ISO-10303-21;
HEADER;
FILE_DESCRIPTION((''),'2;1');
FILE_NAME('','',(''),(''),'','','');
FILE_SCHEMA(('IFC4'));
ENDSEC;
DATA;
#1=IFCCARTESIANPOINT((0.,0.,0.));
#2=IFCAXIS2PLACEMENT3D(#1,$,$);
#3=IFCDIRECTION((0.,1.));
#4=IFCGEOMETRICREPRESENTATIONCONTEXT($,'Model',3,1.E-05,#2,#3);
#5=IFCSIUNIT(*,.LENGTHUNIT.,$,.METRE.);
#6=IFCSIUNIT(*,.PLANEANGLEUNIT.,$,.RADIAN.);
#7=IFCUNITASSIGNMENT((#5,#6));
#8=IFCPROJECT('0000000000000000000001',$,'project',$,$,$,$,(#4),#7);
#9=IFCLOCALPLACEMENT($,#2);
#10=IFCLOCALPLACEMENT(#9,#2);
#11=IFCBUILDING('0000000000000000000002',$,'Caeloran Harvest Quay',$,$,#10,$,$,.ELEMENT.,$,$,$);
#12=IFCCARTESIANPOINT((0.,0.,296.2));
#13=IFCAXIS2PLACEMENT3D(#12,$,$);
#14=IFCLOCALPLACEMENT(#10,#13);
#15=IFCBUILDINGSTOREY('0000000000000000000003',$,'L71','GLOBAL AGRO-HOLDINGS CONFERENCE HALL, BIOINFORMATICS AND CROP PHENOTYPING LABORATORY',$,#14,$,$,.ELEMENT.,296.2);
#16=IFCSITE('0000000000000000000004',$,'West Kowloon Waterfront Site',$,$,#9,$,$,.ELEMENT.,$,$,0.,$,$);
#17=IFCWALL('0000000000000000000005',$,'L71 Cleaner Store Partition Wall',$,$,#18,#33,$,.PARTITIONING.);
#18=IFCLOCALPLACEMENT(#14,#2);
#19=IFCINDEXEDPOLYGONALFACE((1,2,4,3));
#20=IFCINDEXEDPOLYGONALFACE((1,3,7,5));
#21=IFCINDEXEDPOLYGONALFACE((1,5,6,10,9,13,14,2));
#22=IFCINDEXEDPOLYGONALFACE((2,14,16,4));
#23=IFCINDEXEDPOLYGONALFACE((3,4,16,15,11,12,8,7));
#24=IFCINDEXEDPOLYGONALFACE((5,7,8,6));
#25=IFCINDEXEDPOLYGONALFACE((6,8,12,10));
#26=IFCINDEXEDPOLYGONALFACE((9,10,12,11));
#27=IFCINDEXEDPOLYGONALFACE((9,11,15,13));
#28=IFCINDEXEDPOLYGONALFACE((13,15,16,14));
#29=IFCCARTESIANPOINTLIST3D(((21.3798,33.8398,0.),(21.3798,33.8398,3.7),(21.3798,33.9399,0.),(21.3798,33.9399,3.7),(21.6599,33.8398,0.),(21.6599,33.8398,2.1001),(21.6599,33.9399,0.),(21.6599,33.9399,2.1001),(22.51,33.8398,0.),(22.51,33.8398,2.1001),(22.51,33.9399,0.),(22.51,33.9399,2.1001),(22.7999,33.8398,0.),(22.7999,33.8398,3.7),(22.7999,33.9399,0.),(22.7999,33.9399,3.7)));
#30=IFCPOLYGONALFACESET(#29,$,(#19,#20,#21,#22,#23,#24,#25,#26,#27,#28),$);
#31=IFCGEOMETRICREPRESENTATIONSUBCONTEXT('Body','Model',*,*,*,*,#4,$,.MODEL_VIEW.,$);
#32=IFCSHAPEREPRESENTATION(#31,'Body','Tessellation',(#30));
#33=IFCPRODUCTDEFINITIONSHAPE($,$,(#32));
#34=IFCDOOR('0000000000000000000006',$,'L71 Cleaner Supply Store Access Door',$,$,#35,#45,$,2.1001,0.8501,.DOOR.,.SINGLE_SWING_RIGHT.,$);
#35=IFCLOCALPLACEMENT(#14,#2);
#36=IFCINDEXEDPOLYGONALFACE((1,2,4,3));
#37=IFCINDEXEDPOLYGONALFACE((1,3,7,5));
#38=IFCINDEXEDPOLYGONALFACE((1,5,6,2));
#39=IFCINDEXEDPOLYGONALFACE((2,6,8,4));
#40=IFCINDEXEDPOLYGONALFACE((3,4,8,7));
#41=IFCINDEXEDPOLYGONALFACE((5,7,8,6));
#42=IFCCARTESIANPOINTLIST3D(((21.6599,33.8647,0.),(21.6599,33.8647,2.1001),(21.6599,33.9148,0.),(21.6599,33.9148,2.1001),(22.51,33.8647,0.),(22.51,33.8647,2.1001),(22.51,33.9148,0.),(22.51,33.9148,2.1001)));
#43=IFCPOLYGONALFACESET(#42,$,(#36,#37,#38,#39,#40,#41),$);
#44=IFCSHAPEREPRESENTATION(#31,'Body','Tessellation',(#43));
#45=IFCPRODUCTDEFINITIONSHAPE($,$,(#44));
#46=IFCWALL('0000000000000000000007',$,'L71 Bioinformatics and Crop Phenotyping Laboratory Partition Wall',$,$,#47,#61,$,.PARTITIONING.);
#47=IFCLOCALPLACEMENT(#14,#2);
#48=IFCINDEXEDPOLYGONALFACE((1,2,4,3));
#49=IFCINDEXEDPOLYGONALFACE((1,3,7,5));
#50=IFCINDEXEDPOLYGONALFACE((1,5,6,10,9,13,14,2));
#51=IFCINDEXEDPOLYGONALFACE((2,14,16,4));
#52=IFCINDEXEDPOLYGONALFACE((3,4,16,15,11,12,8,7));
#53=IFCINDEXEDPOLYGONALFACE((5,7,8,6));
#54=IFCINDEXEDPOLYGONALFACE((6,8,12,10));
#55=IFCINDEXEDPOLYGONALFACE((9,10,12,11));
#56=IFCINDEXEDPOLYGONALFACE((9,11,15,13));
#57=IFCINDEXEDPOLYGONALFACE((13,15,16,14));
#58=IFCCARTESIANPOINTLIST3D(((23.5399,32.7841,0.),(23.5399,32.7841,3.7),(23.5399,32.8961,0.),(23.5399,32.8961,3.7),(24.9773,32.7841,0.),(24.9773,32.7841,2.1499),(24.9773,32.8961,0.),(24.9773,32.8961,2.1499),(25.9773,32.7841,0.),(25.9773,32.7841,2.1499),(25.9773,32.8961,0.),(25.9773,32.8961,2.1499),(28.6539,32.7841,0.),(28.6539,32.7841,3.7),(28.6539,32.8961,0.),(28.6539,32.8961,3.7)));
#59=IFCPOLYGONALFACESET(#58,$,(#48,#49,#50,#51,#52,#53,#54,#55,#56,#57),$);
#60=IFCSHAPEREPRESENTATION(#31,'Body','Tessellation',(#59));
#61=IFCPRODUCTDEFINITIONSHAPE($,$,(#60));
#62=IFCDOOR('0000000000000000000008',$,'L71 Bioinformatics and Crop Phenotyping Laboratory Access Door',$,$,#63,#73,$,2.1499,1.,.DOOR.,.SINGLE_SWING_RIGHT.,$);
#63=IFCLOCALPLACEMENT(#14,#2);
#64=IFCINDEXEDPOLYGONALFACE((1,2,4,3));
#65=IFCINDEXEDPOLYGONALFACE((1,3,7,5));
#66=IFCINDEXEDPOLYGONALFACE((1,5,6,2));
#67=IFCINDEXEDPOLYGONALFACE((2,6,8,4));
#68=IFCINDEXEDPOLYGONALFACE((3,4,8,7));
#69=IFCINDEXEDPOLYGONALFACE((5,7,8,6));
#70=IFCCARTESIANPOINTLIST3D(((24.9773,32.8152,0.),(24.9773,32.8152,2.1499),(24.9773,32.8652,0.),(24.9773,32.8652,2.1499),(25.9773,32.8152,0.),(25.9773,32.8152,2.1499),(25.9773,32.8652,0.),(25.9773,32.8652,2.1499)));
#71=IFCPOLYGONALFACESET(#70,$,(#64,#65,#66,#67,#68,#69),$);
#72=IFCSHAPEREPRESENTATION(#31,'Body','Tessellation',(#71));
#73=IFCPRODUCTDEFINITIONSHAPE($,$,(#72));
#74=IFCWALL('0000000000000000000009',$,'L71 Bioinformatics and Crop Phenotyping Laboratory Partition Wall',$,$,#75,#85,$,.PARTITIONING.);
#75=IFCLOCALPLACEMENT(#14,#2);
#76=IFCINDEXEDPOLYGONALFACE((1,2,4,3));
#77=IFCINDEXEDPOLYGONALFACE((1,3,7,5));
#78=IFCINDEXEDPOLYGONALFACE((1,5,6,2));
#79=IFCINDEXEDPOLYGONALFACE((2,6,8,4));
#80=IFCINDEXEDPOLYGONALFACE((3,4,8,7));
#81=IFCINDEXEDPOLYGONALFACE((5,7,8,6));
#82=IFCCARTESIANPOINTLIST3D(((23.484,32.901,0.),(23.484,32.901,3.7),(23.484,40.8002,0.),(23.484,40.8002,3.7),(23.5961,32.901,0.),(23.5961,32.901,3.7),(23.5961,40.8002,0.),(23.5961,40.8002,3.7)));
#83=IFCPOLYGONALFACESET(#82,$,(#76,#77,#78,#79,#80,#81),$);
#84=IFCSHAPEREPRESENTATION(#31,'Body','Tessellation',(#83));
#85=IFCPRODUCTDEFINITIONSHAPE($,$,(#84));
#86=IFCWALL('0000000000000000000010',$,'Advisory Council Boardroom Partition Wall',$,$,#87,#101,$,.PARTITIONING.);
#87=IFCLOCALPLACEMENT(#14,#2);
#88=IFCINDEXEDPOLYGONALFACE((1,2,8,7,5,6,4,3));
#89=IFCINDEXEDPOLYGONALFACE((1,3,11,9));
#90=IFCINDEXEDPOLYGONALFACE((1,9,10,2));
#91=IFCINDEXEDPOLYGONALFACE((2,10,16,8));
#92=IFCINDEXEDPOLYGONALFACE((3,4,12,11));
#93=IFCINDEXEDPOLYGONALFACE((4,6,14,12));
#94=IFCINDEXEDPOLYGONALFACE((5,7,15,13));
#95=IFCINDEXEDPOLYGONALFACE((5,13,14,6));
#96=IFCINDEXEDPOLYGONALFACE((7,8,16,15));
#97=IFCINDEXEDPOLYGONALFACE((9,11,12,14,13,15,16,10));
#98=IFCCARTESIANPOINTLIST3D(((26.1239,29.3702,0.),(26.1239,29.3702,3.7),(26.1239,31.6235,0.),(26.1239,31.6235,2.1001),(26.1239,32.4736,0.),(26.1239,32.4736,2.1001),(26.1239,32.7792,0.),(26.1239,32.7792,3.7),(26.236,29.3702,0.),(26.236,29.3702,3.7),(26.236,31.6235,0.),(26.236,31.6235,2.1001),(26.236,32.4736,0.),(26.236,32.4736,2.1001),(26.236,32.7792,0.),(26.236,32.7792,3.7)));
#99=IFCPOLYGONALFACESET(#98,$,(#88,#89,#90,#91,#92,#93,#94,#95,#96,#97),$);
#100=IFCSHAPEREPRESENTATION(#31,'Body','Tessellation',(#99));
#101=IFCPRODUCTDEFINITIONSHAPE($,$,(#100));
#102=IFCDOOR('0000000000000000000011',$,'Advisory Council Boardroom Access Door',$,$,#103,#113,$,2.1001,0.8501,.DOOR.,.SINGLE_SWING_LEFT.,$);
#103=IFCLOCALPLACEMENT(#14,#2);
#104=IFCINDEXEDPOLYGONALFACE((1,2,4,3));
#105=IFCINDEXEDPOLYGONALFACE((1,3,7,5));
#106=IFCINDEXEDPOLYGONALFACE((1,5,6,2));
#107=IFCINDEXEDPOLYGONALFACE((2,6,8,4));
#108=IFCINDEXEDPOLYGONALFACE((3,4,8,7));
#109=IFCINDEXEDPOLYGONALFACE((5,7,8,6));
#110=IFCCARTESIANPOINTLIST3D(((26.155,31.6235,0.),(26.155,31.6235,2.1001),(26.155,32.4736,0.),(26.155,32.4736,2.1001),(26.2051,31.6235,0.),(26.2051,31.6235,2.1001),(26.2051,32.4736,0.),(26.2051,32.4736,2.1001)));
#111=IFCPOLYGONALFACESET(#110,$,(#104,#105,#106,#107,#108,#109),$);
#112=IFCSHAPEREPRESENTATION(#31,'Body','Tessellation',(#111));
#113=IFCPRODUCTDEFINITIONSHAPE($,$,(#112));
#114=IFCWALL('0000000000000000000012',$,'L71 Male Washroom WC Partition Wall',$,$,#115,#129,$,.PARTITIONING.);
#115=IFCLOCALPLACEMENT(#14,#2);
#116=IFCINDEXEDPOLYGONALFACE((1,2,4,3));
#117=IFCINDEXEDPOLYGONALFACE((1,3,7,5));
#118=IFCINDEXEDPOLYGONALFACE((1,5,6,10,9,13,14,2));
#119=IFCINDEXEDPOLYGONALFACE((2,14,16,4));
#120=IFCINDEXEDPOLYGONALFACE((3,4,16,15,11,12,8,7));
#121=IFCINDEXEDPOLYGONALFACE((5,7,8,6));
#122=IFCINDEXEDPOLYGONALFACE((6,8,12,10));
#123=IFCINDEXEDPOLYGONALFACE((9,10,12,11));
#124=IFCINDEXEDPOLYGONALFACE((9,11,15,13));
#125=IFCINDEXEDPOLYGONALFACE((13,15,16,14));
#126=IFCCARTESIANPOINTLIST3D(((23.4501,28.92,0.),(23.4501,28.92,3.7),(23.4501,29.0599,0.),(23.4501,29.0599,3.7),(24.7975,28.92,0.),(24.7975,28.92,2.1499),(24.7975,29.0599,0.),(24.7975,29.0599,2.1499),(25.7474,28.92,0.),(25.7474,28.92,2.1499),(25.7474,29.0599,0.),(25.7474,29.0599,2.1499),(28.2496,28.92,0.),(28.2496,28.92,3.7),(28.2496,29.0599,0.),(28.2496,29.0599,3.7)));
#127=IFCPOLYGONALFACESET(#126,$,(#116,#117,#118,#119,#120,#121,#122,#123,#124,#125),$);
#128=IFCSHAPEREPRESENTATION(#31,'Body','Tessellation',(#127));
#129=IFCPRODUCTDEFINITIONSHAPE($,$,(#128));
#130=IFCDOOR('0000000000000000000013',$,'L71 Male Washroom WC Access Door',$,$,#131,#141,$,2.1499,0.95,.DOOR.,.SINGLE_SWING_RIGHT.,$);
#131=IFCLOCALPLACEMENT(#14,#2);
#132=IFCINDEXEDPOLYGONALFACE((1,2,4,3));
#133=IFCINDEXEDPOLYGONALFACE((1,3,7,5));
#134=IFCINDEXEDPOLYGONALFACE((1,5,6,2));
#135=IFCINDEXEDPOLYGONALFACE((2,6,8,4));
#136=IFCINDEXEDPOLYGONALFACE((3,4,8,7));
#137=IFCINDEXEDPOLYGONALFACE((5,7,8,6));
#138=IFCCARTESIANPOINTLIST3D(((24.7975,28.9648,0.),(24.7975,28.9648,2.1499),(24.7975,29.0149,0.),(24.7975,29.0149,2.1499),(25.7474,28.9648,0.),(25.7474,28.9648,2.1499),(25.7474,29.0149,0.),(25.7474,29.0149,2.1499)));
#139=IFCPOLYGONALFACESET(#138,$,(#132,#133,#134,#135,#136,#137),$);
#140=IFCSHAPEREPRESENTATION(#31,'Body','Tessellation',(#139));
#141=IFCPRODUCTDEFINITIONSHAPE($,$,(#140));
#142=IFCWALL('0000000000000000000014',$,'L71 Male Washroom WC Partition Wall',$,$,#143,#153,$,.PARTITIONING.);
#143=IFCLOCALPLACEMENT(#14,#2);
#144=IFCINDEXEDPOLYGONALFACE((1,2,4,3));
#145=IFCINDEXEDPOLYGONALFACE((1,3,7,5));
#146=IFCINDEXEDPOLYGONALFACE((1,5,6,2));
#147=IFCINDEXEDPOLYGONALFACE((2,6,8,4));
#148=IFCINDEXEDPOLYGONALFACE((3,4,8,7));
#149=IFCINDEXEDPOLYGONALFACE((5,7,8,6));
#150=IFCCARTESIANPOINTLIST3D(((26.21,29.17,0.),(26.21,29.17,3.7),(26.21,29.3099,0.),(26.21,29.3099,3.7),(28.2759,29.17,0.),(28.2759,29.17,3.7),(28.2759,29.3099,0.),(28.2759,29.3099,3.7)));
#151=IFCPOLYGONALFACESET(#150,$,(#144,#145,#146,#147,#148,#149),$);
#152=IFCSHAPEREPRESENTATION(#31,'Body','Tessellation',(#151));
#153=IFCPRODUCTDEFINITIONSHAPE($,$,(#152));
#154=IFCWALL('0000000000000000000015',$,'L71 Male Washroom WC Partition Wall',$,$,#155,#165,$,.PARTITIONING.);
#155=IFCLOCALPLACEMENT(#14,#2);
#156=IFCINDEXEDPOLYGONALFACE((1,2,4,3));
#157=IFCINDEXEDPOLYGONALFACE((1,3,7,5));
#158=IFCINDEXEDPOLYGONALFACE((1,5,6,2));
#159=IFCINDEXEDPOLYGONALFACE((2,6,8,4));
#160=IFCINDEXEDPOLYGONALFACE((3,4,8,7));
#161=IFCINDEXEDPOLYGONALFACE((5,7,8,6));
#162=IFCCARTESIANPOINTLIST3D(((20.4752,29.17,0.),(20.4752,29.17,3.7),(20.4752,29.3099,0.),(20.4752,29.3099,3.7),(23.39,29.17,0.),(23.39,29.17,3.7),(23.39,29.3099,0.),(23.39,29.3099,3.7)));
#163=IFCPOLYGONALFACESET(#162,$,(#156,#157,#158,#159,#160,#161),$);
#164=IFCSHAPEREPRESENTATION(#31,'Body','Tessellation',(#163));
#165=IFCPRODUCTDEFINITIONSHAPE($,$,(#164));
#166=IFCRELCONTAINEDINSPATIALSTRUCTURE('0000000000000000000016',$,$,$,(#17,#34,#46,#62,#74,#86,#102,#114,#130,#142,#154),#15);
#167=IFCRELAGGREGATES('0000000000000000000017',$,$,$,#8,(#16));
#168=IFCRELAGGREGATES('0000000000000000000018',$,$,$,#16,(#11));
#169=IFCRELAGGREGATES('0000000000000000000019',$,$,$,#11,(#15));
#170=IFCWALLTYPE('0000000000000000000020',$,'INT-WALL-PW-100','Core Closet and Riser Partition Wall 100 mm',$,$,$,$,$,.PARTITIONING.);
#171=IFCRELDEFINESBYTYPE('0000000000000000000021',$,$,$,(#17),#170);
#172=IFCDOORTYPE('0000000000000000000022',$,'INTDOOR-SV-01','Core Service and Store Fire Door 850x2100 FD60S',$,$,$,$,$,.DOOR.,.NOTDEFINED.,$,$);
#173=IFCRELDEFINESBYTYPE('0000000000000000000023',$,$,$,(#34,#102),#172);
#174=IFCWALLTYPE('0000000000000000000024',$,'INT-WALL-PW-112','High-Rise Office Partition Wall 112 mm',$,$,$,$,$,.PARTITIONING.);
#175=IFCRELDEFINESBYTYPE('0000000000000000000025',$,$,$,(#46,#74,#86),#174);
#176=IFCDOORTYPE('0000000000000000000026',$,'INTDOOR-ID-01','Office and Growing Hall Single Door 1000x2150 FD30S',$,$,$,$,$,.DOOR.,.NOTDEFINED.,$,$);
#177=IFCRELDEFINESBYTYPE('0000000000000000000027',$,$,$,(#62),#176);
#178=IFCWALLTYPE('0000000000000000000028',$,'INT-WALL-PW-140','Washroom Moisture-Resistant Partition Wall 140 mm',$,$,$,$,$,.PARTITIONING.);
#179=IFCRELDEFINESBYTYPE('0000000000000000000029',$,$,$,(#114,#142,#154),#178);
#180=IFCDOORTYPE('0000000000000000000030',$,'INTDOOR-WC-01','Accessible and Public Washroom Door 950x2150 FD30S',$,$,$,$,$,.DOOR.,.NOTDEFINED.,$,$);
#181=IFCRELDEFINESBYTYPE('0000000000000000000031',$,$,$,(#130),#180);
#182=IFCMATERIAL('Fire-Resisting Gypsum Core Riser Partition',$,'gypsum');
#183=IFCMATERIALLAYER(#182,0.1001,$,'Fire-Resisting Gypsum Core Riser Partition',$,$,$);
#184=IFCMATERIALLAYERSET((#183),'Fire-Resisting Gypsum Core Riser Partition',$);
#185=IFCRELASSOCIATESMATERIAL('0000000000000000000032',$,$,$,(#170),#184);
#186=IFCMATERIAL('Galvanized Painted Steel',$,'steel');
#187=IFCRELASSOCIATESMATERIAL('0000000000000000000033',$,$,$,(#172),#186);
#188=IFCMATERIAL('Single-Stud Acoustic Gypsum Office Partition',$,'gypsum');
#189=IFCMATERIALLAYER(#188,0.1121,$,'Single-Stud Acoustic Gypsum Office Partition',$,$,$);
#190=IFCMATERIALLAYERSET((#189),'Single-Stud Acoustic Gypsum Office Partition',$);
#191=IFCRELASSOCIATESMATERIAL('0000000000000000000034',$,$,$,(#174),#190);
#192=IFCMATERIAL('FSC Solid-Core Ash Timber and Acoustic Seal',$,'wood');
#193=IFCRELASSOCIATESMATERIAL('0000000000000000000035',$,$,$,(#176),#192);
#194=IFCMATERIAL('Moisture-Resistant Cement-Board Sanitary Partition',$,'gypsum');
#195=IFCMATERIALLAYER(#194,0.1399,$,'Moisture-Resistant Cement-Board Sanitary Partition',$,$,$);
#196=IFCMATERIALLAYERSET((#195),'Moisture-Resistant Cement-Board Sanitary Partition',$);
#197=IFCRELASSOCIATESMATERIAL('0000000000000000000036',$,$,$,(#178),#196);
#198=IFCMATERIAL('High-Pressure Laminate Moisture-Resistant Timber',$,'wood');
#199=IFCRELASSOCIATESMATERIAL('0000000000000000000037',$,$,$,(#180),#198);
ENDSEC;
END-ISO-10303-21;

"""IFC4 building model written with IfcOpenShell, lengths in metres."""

from ifc_helpers import new_model, si_unit, direction, frame, frame_2d, origin, place, context, subcontext, project, spatial, rectangle, extrude, material, layer, layer_set, type_object, element, fill, save


model = new_model("IFC4")

# Units and contexts
model_context = context("Model", 3, precision=1e-05, world=origin(), true_north=direction((0.0, 1.0)))
body_context = subcontext(model_context, "Body", "Model", "MODEL_VIEW")
ifc_project = project(units=[si_unit("LENGTHUNIT", "METRE"), si_unit("PLANEANGLEUNIT", "RADIAN")], contexts=[model_context])

# Site, building, storey
site_placement = place(None, origin())
site = spatial("IfcSite", under=ifc_project, at=site_placement, Name="West Kowloon Waterfront Site", CompositionType="ELEMENT", RefElevation=0.0)
building_placement = place(site_placement, origin())
building = spatial("IfcBuilding", under=site, at=building_placement, Name="Caeloran Harvest Quay", CompositionType="ELEMENT")
storey_placement = place(building_placement, frame((0.0, 0.0, 296.2)))
storey = spatial("IfcBuildingStorey", under=building, at=storey_placement, Name="L71", Description="GLOBAL AGRO-HOLDINGS CONFERENCE HALL, BIOINFORMATICS AND CROP PHENOTYPING LABORATORY", CompositionType="ELEMENT", Elevation=296.2)

# Walls, openings, doors
ifc_material_1 = material(Name="Fire-Resisting Gypsum Core Riser Partition", Category="gypsum")
ifc_layer_1 = layer(ifc_material_1, 0.1001, Name="Fire-Resisting Gypsum Core Riser Partition")
ifc_layer_set_1 = layer_set([ifc_layer_1], Name="Fire-Resisting Gypsum Core Riser Partition")
wall_type_1 = type_object("IfcWallType", Name="INT-WALL-PW-100", Description="Core Closet and Riser Partition Wall 100 mm", PredefinedType="PARTITIONING", material=ifc_layer_set_1)
wall_1_placement = place(storey_placement, frame((21.3799, 33.8899, 0.0), z_axis=(0.0, 0.0, 1.0), x_axis=(1.0, 0.0, 0.0)))
wall_1 = element("IfcWall", 1, at=wall_1_placement, inside=storey, type_object=wall_type_1, Name="L71 Cleaner Store Partition Wall", PredefinedType="PARTITIONING", context=body_context, shape_type="SweptSolid", body=[
    extrude(rectangle(XDim=1.4202, YDim=0.1001, at=frame_2d((0.71, 0.0))), origin(), (0.0, 0.0, 1.0), 3.7),
])
opening_1_placement = place(wall_1_placement, frame((0.28, 0.0, 0.0)))
opening_1 = element("IfcOpeningElement", 2, at=opening_1_placement, cuts=wall_1, PredefinedType="OPENING", context=body_context, shape_type="SweptSolid", body=[
    extrude(rectangle(XDim=0.8501, YDim=2.1001, at=frame_2d((0.425, 1.05))), frame((0.0, 0.0601, 0.0), z_axis=(0.0, -1.0, 0.0), x_axis=(1.0, 0.0, 0.0)), (0.0, 0.0, 1.0), 0.1201),
])
ifc_material_2 = material(Name="Galvanized Painted Steel", Category="steel")
door_type_1 = type_object("IfcDoorType", Name="INTDOOR-SV-01", Description="Core Service and Store Fire Door 850x2100 FD60S", OperationType="NOTDEFINED", PredefinedType="DOOR", material=ifc_material_2)
door_1_placement = place(opening_1_placement, origin())
door_1 = element("IfcDoor", 3, at=door_1_placement, inside=storey, type_object=door_type_1, Name="L71 Cleaner Supply Store Access Door", OperationType="SINGLE_SWING_RIGHT", OverallHeight=2.1001, OverallWidth=0.8501, PredefinedType="DOOR", context=body_context, shape_type="SweptSolid", body=[
    extrude(rectangle(XDim=0.8501, YDim=2.1001, at=frame_2d((0.425, 1.05))), frame((0.0, 0.0249, 0.0), z_axis=(0.0, -1.0, 0.0), x_axis=(1.0, 0.0, 0.0)), (0.0, 0.0, 1.0), 0.05),
])
fill(opening_1, door_1)
ifc_material_3 = material(Name="Single-Stud Acoustic Gypsum Office Partition", Category="gypsum")
ifc_layer_2 = layer(ifc_material_3, 0.1121, Name="Single-Stud Acoustic Gypsum Office Partition")
ifc_layer_set_2 = layer_set([ifc_layer_2], Name="Single-Stud Acoustic Gypsum Office Partition")
wall_type_2 = type_object("IfcWallType", Name="INT-WALL-PW-112", Description="High-Rise Office Partition Wall 112 mm", PredefinedType="PARTITIONING", material=ifc_layer_set_2)
wall_2_placement = place(storey_placement, frame((28.6541, 32.8401, 0.0), z_axis=(0.0, 0.0, 1.0), x_axis=(-1.0, 0.0, 0.0)))
wall_2 = element("IfcWall", 4, at=wall_2_placement, inside=storey, type_object=wall_type_2, Name="L71 Bioinformatics and Crop Phenotyping Laboratory Partition Wall", PredefinedType="PARTITIONING", context=body_context, shape_type="SweptSolid", body=[
    extrude(rectangle(XDim=5.114, YDim=0.1121, at=frame_2d((2.5571, 0.0))), origin(), (0.0, 0.0, 1.0), 3.7),
])
opening_2_placement = place(wall_2_placement, frame((2.6768, 0.0, 0.0)))
opening_2 = element("IfcOpeningElement", 5, at=opening_2_placement, cuts=wall_2, PredefinedType="OPENING", context=body_context, shape_type="SweptSolid", body=[
    extrude(rectangle(XDim=1.0, YDim=2.1499, at=frame_2d((0.5, 1.075))), frame((0.0, 0.0659, 0.0), z_axis=(0.0, -1.0, 0.0), x_axis=(1.0, 0.0, 0.0)), (0.0, 0.0, 1.0), 0.1321),
])
ifc_material_4 = material(Name="FSC Solid-Core Ash Timber and Acoustic Seal", Category="wood")
door_type_2 = type_object("IfcDoorType", Name="INTDOOR-ID-01", Description="Office and Growing Hall Single Door 1000x2150 FD30S", OperationType="NOTDEFINED", PredefinedType="DOOR", material=ifc_material_4)
door_2_placement = place(opening_2_placement, origin())
door_2 = element("IfcDoor", 6, at=door_2_placement, inside=storey, type_object=door_type_2, Name="L71 Bioinformatics and Crop Phenotyping Laboratory Access Door", OperationType="SINGLE_SWING_RIGHT", OverallHeight=2.1499, OverallWidth=1.0, PredefinedType="DOOR", context=body_context, shape_type="SweptSolid", body=[
    extrude(rectangle(XDim=1.0, YDim=2.1499, at=frame_2d((0.5, 1.075))), frame((0.0, 0.0249, 0.0), z_axis=(0.0, -1.0, 0.0), x_axis=(1.0, 0.0, 0.0)), (0.0, 0.0, 1.0), 0.05),
])
fill(opening_2, door_2)

# Wall
wall_3_placement = place(storey_placement, frame((23.54, 32.9009, 0.0), z_axis=(0.0, 0.0, 1.0), x_axis=(0.0, 1.0, 0.0)))
element("IfcWall", 7, at=wall_3_placement, inside=storey, type_object=wall_type_2, Name="L71 Bioinformatics and Crop Phenotyping Laboratory Partition Wall", PredefinedType="PARTITIONING", context=body_context, shape_type="SweptSolid", body=[
    extrude(rectangle(XDim=7.8992, YDim=0.1121, at=frame_2d((3.9497, 0.0))), origin(), (0.0, 0.0, 1.0), 3.7),
])

# Walls, openings, doors
wall_4_placement = place(storey_placement, frame((26.1799, 29.3701, 0.0), z_axis=(0.0, 0.0, 1.0), x_axis=(0.0, 1.0, 0.0)))
wall_4 = element("IfcWall", 8, at=wall_4_placement, inside=storey, type_object=wall_type_2, Name="Advisory Council Boardroom Partition Wall", PredefinedType="PARTITIONING", context=body_context, shape_type="SweptSolid", body=[
    extrude(rectangle(XDim=3.4089, YDim=0.1121, at=frame_2d((1.7046, 0.0))), origin(), (0.0, 0.0, 1.0), 3.7),
])
opening_3_placement = place(wall_4_placement, frame((2.2534, 0.0, 0.0)))
opening_3 = element("IfcOpeningElement", 9, at=opening_3_placement, cuts=wall_4, PredefinedType="OPENING", context=body_context, shape_type="SweptSolid", body=[
    extrude(rectangle(XDim=0.8501, YDim=2.1001, at=frame_2d((0.425, 1.05))), frame((0.0, 0.0659, 0.0), z_axis=(0.0, -1.0, 0.0), x_axis=(1.0, 0.0, 0.0)), (0.0, 0.0, 1.0), 0.1321),
])
door_3_placement = place(opening_3_placement, origin())
door_3 = element("IfcDoor", 10, at=door_3_placement, inside=storey, type_object=door_type_1, Name="Advisory Council Boardroom Access Door", OperationType="SINGLE_SWING_LEFT", OverallHeight=2.1001, OverallWidth=0.8501, PredefinedType="DOOR", context=body_context, shape_type="SweptSolid", body=[
    extrude(rectangle(XDim=0.8501, YDim=2.1001, at=frame_2d((0.425, 1.05))), frame((0.0, 0.0249, 0.0), z_axis=(0.0, -1.0, 0.0), x_axis=(1.0, 0.0, 0.0)), (0.0, 0.0, 1.0), 0.05),
])
fill(opening_3, door_3)
ifc_material_5 = material(Name="Moisture-Resistant Cement-Board Sanitary Partition", Category="gypsum")
ifc_layer_3 = layer(ifc_material_5, 0.1399, Name="Moisture-Resistant Cement-Board Sanitary Partition")
ifc_layer_set_3 = layer_set([ifc_layer_3], Name="Moisture-Resistant Cement-Board Sanitary Partition")
wall_type_3 = type_object("IfcWallType", Name="INT-WALL-PW-140", Description="Washroom Moisture-Resistant Partition Wall 140 mm", PredefinedType="PARTITIONING", material=ifc_layer_set_3)
wall_5_placement = place(storey_placement, frame((23.45, 28.99, 0.0), z_axis=(0.0, 0.0, 1.0), x_axis=(1.0, 0.0, 0.0)))
wall_5 = element("IfcWall", 11, at=wall_5_placement, inside=storey, type_object=wall_type_3, Name="L71 Male Washroom WC Partition Wall", PredefinedType="PARTITIONING", context=body_context, shape_type="SweptSolid", body=[
    extrude(rectangle(XDim=4.7996, YDim=0.1399, at=frame_2d((2.3999, 0.0))), origin(), (0.0, 0.0, 1.0), 3.7),
])
opening_4_placement = place(wall_5_placement, frame((1.3474, 0.0, 0.0)))
opening_4 = element("IfcOpeningElement", 12, at=opening_4_placement, cuts=wall_5, PredefinedType="OPENING", context=body_context, shape_type="SweptSolid", body=[
    extrude(rectangle(XDim=0.95, YDim=2.1499, at=frame_2d((0.4751, 1.075))), frame((0.0, 0.0801, 0.0), z_axis=(0.0, -1.0, 0.0), x_axis=(1.0, 0.0, 0.0)), (0.0, 0.0, 1.0), 0.1599),
])
ifc_material_6 = material(Name="High-Pressure Laminate Moisture-Resistant Timber", Category="wood")
door_type_3 = type_object("IfcDoorType", Name="INTDOOR-WC-01", Description="Accessible and Public Washroom Door 950x2150 FD30S", OperationType="NOTDEFINED", PredefinedType="DOOR", material=ifc_material_6)
door_4_placement = place(opening_4_placement, origin())
door_4 = element("IfcDoor", 13, at=door_4_placement, inside=storey, type_object=door_type_3, Name="L71 Male Washroom WC Access Door", OperationType="SINGLE_SWING_RIGHT", OverallHeight=2.1499, OverallWidth=0.95, PredefinedType="DOOR", context=body_context, shape_type="SweptSolid", body=[
    extrude(rectangle(XDim=0.95, YDim=2.1499, at=frame_2d((0.4751, 1.075))), frame((0.0, 0.0249, 0.0), z_axis=(0.0, -1.0, 0.0), x_axis=(1.0, 0.0, 0.0)), (0.0, 0.0, 1.0), 0.05),
])
fill(opening_4, door_4)

# Walls
wall_6_placement = place(storey_placement, frame((26.21, 29.24, 0.0), z_axis=(0.0, 0.0, 1.0), x_axis=(1.0, 0.0, 0.0)))
element("IfcWall", 14, at=wall_6_placement, inside=storey, type_object=wall_type_3, Name="L71 Male Washroom WC Partition Wall", PredefinedType="PARTITIONING", context=body_context, shape_type="SweptSolid", body=[
    extrude(rectangle(XDim=2.0659, YDim=0.1399, at=frame_2d((1.033, 0.0))), origin(), (0.0, 0.0, 1.0), 3.7),
])
wall_7_placement = place(storey_placement, frame((20.4751, 29.24, 0.0), z_axis=(0.0, 0.0, 1.0), x_axis=(1.0, 0.0, 0.0)))
element("IfcWall", 15, at=wall_7_placement, inside=storey, type_object=wall_type_3, Name="L71 Male Washroom WC Partition Wall", PredefinedType="PARTITIONING", context=body_context, shape_type="SweptSolid", body=[
    extrude(rectangle(XDim=2.9148, YDim=0.1399, at=frame_2d((1.4575, 0.0))), origin(), (0.0, 0.0, 1.0), 3.7),
])

save(model, "model.ifc")
